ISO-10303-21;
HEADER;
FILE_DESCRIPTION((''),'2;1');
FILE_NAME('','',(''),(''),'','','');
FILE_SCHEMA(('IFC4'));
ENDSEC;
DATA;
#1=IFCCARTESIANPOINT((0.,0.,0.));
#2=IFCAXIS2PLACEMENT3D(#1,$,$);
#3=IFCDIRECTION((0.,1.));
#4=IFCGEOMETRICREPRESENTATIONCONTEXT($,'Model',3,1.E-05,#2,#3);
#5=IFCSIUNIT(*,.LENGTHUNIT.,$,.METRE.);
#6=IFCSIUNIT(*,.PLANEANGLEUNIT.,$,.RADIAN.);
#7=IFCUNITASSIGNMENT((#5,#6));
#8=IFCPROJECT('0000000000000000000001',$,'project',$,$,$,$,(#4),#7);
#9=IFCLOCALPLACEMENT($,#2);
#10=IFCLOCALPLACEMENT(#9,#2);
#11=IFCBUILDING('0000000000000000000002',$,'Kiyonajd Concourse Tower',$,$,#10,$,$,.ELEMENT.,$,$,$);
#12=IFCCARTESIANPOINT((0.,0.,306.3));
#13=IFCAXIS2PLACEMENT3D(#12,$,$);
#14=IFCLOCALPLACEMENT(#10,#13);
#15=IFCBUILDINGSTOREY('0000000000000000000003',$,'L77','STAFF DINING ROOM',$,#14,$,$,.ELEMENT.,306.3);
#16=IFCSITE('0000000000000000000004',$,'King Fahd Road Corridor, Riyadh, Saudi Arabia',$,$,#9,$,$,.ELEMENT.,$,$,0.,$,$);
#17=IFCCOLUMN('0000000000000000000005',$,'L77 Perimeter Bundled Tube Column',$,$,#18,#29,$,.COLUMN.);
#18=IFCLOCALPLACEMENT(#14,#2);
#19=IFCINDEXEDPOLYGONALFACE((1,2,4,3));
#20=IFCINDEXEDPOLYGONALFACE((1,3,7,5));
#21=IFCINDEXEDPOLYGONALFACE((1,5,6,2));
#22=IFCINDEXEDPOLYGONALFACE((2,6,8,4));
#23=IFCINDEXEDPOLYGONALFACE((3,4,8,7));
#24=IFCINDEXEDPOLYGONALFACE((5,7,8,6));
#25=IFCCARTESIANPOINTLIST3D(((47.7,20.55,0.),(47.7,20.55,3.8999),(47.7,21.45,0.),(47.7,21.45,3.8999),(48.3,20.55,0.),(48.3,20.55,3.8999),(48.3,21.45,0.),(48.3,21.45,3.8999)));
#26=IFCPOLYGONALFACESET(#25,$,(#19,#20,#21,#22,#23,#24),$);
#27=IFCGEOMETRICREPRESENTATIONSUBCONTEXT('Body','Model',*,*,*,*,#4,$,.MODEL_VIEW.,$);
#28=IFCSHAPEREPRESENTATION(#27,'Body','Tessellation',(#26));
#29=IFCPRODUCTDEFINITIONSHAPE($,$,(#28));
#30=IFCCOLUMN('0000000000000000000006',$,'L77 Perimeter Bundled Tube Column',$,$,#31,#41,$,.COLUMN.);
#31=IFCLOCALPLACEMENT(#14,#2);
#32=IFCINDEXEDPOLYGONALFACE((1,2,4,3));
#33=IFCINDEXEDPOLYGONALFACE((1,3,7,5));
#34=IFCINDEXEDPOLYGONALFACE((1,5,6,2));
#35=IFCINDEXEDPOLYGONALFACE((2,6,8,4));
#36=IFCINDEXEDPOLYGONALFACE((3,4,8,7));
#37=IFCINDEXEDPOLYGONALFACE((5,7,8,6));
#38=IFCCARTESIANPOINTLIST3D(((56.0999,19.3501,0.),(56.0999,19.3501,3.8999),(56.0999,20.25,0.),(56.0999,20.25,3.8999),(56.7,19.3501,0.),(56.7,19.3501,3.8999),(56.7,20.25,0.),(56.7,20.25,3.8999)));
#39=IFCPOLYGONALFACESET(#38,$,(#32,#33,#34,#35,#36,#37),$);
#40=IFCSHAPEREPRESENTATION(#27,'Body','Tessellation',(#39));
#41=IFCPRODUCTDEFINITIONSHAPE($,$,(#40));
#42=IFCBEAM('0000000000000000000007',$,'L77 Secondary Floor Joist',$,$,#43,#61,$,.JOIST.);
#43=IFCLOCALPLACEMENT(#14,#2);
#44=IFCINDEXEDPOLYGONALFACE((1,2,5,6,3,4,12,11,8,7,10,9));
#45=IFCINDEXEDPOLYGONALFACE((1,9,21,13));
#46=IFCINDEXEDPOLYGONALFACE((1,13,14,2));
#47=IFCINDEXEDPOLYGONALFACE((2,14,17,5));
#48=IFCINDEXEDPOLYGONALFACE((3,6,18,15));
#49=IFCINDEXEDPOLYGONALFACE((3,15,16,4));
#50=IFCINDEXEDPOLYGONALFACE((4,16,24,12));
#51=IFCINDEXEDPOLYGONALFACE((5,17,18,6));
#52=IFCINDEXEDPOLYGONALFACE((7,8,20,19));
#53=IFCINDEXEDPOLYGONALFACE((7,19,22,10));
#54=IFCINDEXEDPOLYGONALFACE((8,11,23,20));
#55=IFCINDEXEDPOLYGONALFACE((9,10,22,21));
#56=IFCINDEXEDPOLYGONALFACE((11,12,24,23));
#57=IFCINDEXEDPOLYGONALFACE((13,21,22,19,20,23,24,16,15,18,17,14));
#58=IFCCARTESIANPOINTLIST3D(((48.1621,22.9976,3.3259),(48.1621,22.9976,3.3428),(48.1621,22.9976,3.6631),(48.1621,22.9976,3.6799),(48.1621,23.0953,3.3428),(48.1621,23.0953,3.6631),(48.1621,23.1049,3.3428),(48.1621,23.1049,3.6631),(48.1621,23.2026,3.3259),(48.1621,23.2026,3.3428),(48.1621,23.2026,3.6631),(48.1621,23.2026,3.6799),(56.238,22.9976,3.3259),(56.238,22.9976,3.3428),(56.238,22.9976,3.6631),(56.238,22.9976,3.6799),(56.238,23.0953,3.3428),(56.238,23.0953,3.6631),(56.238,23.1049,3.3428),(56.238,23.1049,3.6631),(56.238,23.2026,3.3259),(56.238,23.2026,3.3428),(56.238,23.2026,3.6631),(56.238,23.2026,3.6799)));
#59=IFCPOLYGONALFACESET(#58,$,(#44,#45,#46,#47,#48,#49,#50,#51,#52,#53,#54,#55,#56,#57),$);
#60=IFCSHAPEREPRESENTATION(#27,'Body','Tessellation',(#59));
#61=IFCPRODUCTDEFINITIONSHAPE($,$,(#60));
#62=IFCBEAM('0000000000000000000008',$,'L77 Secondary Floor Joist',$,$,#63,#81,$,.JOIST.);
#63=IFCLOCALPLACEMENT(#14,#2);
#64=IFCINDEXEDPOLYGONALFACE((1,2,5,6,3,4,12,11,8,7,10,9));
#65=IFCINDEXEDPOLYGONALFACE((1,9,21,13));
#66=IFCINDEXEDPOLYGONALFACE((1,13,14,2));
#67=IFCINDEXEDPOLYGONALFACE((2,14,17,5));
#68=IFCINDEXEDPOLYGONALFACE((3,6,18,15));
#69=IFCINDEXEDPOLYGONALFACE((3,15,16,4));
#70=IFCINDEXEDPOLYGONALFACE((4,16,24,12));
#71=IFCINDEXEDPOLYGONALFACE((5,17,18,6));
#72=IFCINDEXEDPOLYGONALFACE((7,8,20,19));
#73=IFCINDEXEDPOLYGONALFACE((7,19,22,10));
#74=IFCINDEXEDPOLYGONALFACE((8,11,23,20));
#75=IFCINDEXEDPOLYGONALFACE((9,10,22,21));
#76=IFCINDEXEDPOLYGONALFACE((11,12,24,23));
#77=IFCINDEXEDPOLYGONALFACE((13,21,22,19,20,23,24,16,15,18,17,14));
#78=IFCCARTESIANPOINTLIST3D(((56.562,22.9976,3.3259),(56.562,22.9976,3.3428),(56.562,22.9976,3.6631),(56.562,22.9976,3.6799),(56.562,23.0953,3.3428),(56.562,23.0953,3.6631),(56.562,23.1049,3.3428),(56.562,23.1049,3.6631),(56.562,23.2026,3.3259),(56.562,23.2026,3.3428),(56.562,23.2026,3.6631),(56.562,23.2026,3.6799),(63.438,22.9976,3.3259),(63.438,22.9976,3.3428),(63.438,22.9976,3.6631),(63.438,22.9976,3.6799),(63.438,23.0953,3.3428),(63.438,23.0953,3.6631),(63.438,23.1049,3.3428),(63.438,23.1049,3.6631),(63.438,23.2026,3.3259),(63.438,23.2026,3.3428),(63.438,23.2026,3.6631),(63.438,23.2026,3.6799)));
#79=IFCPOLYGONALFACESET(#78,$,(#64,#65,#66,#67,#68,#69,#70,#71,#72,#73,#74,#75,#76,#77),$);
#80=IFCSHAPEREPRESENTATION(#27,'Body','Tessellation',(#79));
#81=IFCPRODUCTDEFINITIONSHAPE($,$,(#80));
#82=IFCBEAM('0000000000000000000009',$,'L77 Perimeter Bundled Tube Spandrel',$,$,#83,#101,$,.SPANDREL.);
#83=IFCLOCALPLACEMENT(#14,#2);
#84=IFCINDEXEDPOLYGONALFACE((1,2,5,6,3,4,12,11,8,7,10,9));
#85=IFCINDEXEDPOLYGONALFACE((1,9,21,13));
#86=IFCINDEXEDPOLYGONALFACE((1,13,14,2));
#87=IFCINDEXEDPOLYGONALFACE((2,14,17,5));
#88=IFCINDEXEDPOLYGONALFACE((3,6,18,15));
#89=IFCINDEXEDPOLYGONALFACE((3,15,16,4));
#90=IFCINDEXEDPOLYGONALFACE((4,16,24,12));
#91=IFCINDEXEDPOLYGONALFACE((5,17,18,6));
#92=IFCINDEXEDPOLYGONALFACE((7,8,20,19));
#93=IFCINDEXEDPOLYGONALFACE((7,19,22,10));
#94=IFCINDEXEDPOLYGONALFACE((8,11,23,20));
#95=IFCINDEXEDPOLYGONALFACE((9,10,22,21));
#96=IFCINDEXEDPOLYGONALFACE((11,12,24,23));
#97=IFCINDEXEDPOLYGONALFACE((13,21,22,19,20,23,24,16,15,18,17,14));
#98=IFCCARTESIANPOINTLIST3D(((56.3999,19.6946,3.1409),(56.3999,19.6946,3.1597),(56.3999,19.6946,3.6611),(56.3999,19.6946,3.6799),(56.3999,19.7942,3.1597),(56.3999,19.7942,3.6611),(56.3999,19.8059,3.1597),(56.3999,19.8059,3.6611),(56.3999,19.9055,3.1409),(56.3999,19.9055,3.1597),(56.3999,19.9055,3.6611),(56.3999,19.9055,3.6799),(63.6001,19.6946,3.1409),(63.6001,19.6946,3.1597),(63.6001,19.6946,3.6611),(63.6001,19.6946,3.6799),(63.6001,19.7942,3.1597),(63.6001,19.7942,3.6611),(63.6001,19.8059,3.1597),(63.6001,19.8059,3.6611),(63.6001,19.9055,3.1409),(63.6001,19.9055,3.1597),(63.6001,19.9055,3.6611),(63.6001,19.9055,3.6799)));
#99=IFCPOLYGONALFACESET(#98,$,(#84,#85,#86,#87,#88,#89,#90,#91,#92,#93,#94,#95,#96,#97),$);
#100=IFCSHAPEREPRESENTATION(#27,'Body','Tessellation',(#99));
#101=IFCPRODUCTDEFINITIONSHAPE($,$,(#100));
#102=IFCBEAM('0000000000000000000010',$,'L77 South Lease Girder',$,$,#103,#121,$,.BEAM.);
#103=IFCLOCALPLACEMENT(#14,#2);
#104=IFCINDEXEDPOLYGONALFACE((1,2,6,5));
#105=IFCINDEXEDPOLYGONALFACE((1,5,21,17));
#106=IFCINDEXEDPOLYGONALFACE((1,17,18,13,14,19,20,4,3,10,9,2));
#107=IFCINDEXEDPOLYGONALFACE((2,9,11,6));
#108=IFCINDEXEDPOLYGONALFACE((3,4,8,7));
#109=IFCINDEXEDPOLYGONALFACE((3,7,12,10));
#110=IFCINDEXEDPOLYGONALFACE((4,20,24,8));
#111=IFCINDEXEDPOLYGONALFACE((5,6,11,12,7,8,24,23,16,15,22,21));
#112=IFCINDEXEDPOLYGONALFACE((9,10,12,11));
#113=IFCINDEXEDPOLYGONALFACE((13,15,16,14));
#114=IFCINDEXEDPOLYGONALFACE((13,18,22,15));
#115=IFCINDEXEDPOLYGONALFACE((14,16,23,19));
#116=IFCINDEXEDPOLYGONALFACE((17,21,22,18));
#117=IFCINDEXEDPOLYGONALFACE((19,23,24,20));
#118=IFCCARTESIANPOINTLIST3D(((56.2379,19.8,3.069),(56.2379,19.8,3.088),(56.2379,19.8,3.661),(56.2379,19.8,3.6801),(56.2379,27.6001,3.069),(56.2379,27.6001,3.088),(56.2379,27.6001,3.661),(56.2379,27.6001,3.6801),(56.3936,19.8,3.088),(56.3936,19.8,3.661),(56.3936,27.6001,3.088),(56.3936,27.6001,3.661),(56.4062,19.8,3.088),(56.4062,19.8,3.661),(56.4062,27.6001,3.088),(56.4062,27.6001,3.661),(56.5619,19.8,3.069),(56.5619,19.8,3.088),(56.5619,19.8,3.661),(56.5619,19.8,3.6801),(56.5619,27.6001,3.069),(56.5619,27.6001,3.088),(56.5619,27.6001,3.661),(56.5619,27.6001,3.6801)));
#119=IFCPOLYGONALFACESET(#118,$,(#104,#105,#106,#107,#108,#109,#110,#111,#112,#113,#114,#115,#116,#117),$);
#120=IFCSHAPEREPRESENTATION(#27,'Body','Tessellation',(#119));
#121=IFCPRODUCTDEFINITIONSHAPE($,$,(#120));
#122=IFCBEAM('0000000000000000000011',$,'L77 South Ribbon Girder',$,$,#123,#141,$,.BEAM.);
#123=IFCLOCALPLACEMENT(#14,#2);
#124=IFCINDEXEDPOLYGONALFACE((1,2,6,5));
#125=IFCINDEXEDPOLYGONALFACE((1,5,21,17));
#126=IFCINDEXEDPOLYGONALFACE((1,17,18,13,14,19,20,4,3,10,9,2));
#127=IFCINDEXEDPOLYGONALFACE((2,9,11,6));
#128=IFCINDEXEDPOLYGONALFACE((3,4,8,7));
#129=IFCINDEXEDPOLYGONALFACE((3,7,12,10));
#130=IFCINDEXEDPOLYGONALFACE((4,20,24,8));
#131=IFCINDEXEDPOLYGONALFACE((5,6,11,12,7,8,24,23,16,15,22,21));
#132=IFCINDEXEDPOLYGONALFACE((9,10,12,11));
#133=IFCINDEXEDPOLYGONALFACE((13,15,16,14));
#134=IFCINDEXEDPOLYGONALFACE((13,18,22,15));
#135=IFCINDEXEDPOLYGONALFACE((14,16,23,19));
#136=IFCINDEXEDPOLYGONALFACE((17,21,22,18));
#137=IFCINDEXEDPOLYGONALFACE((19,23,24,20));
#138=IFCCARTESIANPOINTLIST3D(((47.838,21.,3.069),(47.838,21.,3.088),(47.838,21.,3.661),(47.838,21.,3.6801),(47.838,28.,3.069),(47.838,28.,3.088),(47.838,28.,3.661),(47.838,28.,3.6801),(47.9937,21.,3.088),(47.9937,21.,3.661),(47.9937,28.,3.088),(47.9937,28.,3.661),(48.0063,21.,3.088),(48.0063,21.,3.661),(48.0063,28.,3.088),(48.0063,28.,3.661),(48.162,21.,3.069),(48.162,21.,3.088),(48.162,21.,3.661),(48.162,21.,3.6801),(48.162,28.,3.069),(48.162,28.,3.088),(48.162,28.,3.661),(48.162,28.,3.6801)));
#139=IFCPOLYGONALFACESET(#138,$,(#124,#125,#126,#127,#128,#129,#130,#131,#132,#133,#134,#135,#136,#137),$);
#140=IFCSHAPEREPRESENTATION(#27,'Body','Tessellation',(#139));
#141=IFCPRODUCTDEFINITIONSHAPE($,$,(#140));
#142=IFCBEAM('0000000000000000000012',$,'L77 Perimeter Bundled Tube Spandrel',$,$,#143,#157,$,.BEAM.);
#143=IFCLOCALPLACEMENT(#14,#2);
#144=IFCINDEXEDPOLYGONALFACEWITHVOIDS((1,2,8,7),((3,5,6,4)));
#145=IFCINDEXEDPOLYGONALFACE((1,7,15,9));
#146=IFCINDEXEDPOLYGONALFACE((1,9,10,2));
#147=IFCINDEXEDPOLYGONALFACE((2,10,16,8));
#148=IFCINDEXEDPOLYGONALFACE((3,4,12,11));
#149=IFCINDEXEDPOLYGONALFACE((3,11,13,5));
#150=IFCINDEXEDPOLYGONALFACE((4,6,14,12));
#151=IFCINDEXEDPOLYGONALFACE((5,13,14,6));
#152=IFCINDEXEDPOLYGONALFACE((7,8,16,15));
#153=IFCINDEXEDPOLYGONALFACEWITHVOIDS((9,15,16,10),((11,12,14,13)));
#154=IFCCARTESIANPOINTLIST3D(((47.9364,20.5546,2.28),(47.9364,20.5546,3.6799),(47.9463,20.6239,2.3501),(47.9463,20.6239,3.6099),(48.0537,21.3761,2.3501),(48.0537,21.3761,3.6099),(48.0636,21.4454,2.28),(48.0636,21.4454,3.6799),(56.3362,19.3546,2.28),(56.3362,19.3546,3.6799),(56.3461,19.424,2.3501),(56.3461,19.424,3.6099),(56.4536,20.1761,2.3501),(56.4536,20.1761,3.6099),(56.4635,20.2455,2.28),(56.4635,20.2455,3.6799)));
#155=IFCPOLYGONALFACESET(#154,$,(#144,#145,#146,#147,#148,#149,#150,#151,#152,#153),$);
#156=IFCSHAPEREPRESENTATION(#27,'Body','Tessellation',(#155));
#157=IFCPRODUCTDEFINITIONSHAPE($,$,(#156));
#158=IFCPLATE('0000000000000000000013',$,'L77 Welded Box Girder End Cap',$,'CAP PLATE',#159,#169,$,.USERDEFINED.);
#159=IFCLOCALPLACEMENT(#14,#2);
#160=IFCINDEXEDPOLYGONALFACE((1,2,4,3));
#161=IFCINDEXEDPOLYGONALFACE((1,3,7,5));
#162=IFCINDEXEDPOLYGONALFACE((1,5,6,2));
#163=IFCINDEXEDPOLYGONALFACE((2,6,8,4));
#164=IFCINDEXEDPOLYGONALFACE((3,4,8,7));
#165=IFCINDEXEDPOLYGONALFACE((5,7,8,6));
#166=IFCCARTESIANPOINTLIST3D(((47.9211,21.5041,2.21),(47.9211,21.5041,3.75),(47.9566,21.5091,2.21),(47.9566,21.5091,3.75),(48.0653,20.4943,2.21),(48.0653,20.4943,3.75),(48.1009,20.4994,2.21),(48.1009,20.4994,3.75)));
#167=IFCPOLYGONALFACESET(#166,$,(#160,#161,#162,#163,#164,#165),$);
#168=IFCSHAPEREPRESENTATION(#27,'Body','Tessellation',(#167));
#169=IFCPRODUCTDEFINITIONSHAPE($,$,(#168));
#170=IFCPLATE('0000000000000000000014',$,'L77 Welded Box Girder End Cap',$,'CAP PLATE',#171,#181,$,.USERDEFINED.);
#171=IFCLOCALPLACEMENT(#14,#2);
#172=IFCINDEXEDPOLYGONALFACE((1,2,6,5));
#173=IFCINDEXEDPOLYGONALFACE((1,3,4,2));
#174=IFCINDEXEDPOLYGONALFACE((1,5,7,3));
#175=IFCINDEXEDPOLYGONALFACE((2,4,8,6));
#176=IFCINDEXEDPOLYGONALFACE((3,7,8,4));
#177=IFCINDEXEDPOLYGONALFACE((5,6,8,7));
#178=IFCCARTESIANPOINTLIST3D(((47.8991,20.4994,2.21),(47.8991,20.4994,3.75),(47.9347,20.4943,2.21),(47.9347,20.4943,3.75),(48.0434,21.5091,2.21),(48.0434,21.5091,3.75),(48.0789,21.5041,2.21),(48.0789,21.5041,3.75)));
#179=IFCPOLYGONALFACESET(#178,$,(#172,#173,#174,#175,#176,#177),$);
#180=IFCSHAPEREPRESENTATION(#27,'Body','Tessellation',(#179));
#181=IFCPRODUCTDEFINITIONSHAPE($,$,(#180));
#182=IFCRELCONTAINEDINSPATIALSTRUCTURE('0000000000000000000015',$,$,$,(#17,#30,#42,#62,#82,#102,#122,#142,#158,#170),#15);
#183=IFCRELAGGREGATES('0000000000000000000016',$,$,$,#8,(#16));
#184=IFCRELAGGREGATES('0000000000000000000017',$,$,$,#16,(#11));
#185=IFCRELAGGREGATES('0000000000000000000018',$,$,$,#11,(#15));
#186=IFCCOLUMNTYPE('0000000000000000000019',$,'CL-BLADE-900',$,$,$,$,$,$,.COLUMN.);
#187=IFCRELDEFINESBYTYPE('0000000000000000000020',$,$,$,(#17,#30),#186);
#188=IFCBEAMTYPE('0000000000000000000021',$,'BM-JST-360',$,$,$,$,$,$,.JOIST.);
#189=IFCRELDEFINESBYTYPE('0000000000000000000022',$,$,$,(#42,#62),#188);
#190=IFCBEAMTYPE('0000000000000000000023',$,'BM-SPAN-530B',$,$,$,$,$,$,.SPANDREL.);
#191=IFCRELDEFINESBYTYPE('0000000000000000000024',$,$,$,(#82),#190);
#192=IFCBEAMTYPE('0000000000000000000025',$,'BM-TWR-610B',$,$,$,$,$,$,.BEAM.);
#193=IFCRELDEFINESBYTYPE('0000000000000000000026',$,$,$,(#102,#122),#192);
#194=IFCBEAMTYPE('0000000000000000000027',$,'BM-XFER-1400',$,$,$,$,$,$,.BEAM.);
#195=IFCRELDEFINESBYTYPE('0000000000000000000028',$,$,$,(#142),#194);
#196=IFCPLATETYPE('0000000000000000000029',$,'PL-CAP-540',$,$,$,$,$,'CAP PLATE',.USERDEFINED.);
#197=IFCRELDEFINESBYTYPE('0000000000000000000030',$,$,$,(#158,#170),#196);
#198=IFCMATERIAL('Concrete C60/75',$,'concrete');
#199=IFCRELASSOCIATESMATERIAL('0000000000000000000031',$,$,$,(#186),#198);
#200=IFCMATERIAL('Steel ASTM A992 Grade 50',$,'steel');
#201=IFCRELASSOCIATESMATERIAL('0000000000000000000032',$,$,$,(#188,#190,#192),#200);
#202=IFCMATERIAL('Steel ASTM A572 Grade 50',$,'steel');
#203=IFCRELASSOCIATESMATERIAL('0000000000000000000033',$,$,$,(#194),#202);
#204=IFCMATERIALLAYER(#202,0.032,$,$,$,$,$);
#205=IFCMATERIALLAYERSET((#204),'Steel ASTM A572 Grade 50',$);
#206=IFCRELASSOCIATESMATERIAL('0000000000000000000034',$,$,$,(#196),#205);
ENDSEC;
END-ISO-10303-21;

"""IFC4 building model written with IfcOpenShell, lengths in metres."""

from ifc_helpers import new_model, si_unit, direction, frame, origin, origin_2d, place, context, subcontext, project, spatial, rectangle, hollow_rectangle, i_section, extrude, material, layer, layer_set, material_profile, profile_set, type_object, element, save


model = new_model("IFC4")

# Units and contexts
model_context = context("Model", 3, precision=1e-05, world=origin(), true_north=direction((0.0, 1.0)))
body_context = subcontext(model_context, "Body", "Model", "MODEL_VIEW")
ifc_project = project(units=[si_unit("LENGTHUNIT", "METRE"), si_unit("PLANEANGLEUNIT", "RADIAN")], contexts=[model_context])

# Site, building, storey
site_placement = place(None, origin())
site = spatial("IfcSite", under=ifc_project, at=site_placement, Name="King Fahd Road Corridor, Riyadh, Saudi Arabia", CompositionType="ELEMENT", RefElevation=0.0)
building_placement = place(site_placement, origin())
building = spatial("IfcBuilding", under=site, at=building_placement, Name="Kiyonajd Concourse Tower", CompositionType="ELEMENT")
storey_placement = place(building_placement, frame((0.0, 0.0, 306.3)))
storey = spatial("IfcBuildingStorey", under=building, at=storey_placement, Name="L77", Description="STAFF DINING ROOM", CompositionType="ELEMENT", Elevation=306.3)

# Columns
ifc_material_1 = material(Name="Concrete C60/75", Category="concrete")
ifc_material_profile_1 = material_profile(ifc_material_1, rectangle(XDim=0.6001, YDim=0.8999, at=origin_2d()), Name="RC-900x600")
ifc_profile_set_1 = profile_set([ifc_material_profile_1], Name="Concrete C60/75")
column_type = type_object("IfcColumnType", Name="CL-BLADE-900", PredefinedType="COLUMN", material=ifc_profile_set_1)
for number, where, z_axis, x_axis, name in (
    (1, (48.0, 21.0, 0.0), (0.0, 0.0, 1.0), (1.0, 0.0, 0.0), "L77 Perimeter Bundled Tube Column"),
    (2, (56.3999, 19.8, 0.0), (0.0, 0.0, 1.0), (1.0, 0.0, 0.0), "L77 Perimeter Bundled Tube Column"),
):
    element("IfcColumn", number, at=place(storey_placement, frame(where, z_axis=z_axis, x_axis=x_axis)), inside=storey, type_object=column_type, Name=name, PredefinedType="COLUMN", context=body_context, shape_type="SweptSolid", body=[
        extrude(rectangle(XDim=0.6001, YDim=0.8999, at=origin_2d()), origin(), (0.0, 0.0, 1.0), 3.8999),
    ])

# Beams
ifc_material_2 = material(Name="Steel ASTM A992 Grade 50", Category="steel")
ifc_material_profile_2 = material_profile(ifc_material_2, i_section(OverallWidth=0.2051, OverallDepth=0.354, WebThickness=0.0095, FlangeThickness=0.0168, at=origin_2d()), Name="W360X79")
ifc_profile_set_2 = profile_set([ifc_material_profile_2], Name="Steel ASTM A992 Grade 50")
beam_type_1 = type_object("IfcBeamType", Name="BM-JST-360", PredefinedType="JOIST", material=ifc_profile_set_2)
beam_1_placement = place(storey_placement, frame((48.1621, 23.1001, 3.5029), z_axis=(1.0, 0.0, 0.0), x_axis=(0.0, 1.0, 0.0)))
element("IfcBeam", 3, at=beam_1_placement, inside=storey, type_object=beam_type_1, Name="L77 Secondary Floor Joist", PredefinedType="JOIST", context=body_context, shape_type="SweptSolid", body=[
    extrude(i_section(OverallWidth=0.2051, OverallDepth=0.354, WebThickness=0.0095, FlangeThickness=0.0168, at=origin_2d()), origin(), (0.0, 0.0, 1.0), 8.0759),
])
beam_2_placement = place(storey_placement, frame((56.562, 23.1001, 3.5029), z_axis=(1.0, 0.0, 0.0), x_axis=(0.0, 1.0, 0.0)))
element("IfcBeam", 4, at=beam_2_placement, inside=storey, type_object=beam_type_1, Name="L77 Secondary Floor Joist", PredefinedType="JOIST", context=body_context, shape_type="SweptSolid", body=[
    extrude(i_section(OverallWidth=0.2051, OverallDepth=0.354, WebThickness=0.0095, FlangeThickness=0.0168, at=origin_2d()), origin(), (0.0, 0.0, 1.0), 6.876),
])
ifc_material_profile_3 = material_profile(ifc_material_2, i_section(OverallWidth=0.2109, OverallDepth=0.5391, WebThickness=0.0117, FlangeThickness=0.0188, at=origin_2d()), Name="W530X109")
ifc_profile_set_3 = profile_set([ifc_material_profile_3], Name="Steel ASTM A992 Grade 50")
beam_type_2 = type_object("IfcBeamType", Name="BM-SPAN-530B", PredefinedType="SPANDREL", material=ifc_profile_set_3)
beam_3_placement = place(storey_placement, frame((56.3999, 19.8, 3.4104), z_axis=(1.0, 0.0, 0.0), x_axis=(0.0, 1.0, 0.0)))
element("IfcBeam", 5, at=beam_3_placement, inside=storey, type_object=beam_type_2, Name="L77 Perimeter Bundled Tube Spandrel", PredefinedType="SPANDREL", context=body_context, shape_type="SweptSolid", body=[
    extrude(i_section(OverallWidth=0.2109, OverallDepth=0.5391, WebThickness=0.0117, FlangeThickness=0.0188, at=origin_2d()), origin(), (0.0, 0.0, 1.0), 7.2002),
])
ifc_material_profile_4 = material_profile(ifc_material_2, i_section(OverallWidth=0.324, OverallDepth=0.6111, WebThickness=0.0127, FlangeThickness=0.019, at=origin_2d()), Name="W610X155")
ifc_profile_set_4 = profile_set([ifc_material_profile_4], Name="Steel ASTM A992 Grade 50")
beam_type_3 = type_object("IfcBeamType", Name="BM-TWR-610B", PredefinedType="BEAM", material=ifc_profile_set_4)
beam_4_placement = place(storey_placement, frame((56.3999, 19.8, 3.3745), z_axis=(0.0, 1.0, 0.0), x_axis=(-1.0, 0.0, 0.0)))
element("IfcBeam", 6, at=beam_4_placement, inside=storey, type_object=beam_type_3, Name="L77 South Lease Girder", PredefinedType="BEAM", context=body_context, shape_type="SweptSolid", body=[
    extrude(i_section(OverallWidth=0.324, OverallDepth=0.6111, WebThickness=0.0127, FlangeThickness=0.019, at=origin_2d()), origin(), (0.0, 0.0, 1.0), 7.8),
])
beam_5_placement = place(storey_placement, frame((48.0, 21.0, 3.3745), z_axis=(0.0, 1.0, 0.0), x_axis=(-1.0, 0.0, 0.0)))
element("IfcBeam", 7, at=beam_5_placement, inside=storey, type_object=beam_type_3, Name="L77 South Ribbon Girder", PredefinedType="BEAM", context=body_context, shape_type="SweptSolid", body=[
    extrude(i_section(OverallWidth=0.324, OverallDepth=0.6111, WebThickness=0.0127, FlangeThickness=0.019, at=origin_2d()), origin(), (0.0, 0.0, 1.0), 7.0),
])
ifc_material_3 = material(Name="Steel ASTM A572 Grade 50", Category="steel")
ifc_material_profile_5 = material_profile(ifc_material_3, hollow_rectangle(XDim=0.8999, YDim=1.3999, WallThickness=0.0701, at=origin_2d()), Name="BOX-1400x900x70")
ifc_profile_set_5 = profile_set([ifc_material_profile_5], Name="Steel ASTM A572 Grade 50")
beam_type_4 = type_object("IfcBeamType", Name="BM-XFER-1400", PredefinedType="BEAM", material=ifc_profile_set_5)
beam_6_placement = place(storey_placement, frame((48.0, 21.0, 2.98), z_axis=(0.98995, -0.141417, 0.0), x_axis=(0.141417, 0.98995, 0.0)))
element("IfcBeam", 8, at=beam_6_placement, inside=storey, type_object=beam_type_4, Name="L77 Perimeter Bundled Tube Spandrel", PredefinedType="BEAM", context=body_context, shape_type="SweptSolid", body=[
    extrude(hollow_rectangle(XDim=0.8999, YDim=1.3999, WallThickness=0.0701, at=origin_2d()), origin(), (0.0, 0.0, 1.0), 8.4851),
])

# Plates
ifc_layer_1 = layer(ifc_material_3, 0.032)
ifc_layer_set_1 = layer_set([ifc_layer_1], Name="Steel ASTM A572 Grade 50")
plate_type_1 = type_object("IfcPlateType", Name="PL-CAP-540", ElementType="CAP PLATE", PredefinedType="USERDEFINED", material=ifc_layer_set_1)
for number, where, z_axis, x_axis, name in (
    (9, (48.011, 21.0017, 2.21), (0.0, 0.0, 1.0), (0.98995, 0.14142, 0.0), "L77 Welded Box Girder End Cap"),
    (10, (47.989, 21.0017, 2.21), (0.0, 0.0, 1.0), (-0.98995, 0.14142, 0.0), "L77 Welded Box Girder End Cap"),
):
    element("IfcPlate", number, at=place(storey_placement, frame(where, z_axis=z_axis, x_axis=x_axis)), inside=storey, type_object=plate_type_1, Name=name, ObjectType="CAP PLATE", PredefinedType="USERDEFINED", context=body_context, shape_type="SweptSolid", body=[
        extrude(rectangle(XDim=0.0359, YDim=1.02, at=origin_2d()), origin(), (0.0, 0.0, 1.0), 1.54),
    ])

save(model, "model.ifc")
